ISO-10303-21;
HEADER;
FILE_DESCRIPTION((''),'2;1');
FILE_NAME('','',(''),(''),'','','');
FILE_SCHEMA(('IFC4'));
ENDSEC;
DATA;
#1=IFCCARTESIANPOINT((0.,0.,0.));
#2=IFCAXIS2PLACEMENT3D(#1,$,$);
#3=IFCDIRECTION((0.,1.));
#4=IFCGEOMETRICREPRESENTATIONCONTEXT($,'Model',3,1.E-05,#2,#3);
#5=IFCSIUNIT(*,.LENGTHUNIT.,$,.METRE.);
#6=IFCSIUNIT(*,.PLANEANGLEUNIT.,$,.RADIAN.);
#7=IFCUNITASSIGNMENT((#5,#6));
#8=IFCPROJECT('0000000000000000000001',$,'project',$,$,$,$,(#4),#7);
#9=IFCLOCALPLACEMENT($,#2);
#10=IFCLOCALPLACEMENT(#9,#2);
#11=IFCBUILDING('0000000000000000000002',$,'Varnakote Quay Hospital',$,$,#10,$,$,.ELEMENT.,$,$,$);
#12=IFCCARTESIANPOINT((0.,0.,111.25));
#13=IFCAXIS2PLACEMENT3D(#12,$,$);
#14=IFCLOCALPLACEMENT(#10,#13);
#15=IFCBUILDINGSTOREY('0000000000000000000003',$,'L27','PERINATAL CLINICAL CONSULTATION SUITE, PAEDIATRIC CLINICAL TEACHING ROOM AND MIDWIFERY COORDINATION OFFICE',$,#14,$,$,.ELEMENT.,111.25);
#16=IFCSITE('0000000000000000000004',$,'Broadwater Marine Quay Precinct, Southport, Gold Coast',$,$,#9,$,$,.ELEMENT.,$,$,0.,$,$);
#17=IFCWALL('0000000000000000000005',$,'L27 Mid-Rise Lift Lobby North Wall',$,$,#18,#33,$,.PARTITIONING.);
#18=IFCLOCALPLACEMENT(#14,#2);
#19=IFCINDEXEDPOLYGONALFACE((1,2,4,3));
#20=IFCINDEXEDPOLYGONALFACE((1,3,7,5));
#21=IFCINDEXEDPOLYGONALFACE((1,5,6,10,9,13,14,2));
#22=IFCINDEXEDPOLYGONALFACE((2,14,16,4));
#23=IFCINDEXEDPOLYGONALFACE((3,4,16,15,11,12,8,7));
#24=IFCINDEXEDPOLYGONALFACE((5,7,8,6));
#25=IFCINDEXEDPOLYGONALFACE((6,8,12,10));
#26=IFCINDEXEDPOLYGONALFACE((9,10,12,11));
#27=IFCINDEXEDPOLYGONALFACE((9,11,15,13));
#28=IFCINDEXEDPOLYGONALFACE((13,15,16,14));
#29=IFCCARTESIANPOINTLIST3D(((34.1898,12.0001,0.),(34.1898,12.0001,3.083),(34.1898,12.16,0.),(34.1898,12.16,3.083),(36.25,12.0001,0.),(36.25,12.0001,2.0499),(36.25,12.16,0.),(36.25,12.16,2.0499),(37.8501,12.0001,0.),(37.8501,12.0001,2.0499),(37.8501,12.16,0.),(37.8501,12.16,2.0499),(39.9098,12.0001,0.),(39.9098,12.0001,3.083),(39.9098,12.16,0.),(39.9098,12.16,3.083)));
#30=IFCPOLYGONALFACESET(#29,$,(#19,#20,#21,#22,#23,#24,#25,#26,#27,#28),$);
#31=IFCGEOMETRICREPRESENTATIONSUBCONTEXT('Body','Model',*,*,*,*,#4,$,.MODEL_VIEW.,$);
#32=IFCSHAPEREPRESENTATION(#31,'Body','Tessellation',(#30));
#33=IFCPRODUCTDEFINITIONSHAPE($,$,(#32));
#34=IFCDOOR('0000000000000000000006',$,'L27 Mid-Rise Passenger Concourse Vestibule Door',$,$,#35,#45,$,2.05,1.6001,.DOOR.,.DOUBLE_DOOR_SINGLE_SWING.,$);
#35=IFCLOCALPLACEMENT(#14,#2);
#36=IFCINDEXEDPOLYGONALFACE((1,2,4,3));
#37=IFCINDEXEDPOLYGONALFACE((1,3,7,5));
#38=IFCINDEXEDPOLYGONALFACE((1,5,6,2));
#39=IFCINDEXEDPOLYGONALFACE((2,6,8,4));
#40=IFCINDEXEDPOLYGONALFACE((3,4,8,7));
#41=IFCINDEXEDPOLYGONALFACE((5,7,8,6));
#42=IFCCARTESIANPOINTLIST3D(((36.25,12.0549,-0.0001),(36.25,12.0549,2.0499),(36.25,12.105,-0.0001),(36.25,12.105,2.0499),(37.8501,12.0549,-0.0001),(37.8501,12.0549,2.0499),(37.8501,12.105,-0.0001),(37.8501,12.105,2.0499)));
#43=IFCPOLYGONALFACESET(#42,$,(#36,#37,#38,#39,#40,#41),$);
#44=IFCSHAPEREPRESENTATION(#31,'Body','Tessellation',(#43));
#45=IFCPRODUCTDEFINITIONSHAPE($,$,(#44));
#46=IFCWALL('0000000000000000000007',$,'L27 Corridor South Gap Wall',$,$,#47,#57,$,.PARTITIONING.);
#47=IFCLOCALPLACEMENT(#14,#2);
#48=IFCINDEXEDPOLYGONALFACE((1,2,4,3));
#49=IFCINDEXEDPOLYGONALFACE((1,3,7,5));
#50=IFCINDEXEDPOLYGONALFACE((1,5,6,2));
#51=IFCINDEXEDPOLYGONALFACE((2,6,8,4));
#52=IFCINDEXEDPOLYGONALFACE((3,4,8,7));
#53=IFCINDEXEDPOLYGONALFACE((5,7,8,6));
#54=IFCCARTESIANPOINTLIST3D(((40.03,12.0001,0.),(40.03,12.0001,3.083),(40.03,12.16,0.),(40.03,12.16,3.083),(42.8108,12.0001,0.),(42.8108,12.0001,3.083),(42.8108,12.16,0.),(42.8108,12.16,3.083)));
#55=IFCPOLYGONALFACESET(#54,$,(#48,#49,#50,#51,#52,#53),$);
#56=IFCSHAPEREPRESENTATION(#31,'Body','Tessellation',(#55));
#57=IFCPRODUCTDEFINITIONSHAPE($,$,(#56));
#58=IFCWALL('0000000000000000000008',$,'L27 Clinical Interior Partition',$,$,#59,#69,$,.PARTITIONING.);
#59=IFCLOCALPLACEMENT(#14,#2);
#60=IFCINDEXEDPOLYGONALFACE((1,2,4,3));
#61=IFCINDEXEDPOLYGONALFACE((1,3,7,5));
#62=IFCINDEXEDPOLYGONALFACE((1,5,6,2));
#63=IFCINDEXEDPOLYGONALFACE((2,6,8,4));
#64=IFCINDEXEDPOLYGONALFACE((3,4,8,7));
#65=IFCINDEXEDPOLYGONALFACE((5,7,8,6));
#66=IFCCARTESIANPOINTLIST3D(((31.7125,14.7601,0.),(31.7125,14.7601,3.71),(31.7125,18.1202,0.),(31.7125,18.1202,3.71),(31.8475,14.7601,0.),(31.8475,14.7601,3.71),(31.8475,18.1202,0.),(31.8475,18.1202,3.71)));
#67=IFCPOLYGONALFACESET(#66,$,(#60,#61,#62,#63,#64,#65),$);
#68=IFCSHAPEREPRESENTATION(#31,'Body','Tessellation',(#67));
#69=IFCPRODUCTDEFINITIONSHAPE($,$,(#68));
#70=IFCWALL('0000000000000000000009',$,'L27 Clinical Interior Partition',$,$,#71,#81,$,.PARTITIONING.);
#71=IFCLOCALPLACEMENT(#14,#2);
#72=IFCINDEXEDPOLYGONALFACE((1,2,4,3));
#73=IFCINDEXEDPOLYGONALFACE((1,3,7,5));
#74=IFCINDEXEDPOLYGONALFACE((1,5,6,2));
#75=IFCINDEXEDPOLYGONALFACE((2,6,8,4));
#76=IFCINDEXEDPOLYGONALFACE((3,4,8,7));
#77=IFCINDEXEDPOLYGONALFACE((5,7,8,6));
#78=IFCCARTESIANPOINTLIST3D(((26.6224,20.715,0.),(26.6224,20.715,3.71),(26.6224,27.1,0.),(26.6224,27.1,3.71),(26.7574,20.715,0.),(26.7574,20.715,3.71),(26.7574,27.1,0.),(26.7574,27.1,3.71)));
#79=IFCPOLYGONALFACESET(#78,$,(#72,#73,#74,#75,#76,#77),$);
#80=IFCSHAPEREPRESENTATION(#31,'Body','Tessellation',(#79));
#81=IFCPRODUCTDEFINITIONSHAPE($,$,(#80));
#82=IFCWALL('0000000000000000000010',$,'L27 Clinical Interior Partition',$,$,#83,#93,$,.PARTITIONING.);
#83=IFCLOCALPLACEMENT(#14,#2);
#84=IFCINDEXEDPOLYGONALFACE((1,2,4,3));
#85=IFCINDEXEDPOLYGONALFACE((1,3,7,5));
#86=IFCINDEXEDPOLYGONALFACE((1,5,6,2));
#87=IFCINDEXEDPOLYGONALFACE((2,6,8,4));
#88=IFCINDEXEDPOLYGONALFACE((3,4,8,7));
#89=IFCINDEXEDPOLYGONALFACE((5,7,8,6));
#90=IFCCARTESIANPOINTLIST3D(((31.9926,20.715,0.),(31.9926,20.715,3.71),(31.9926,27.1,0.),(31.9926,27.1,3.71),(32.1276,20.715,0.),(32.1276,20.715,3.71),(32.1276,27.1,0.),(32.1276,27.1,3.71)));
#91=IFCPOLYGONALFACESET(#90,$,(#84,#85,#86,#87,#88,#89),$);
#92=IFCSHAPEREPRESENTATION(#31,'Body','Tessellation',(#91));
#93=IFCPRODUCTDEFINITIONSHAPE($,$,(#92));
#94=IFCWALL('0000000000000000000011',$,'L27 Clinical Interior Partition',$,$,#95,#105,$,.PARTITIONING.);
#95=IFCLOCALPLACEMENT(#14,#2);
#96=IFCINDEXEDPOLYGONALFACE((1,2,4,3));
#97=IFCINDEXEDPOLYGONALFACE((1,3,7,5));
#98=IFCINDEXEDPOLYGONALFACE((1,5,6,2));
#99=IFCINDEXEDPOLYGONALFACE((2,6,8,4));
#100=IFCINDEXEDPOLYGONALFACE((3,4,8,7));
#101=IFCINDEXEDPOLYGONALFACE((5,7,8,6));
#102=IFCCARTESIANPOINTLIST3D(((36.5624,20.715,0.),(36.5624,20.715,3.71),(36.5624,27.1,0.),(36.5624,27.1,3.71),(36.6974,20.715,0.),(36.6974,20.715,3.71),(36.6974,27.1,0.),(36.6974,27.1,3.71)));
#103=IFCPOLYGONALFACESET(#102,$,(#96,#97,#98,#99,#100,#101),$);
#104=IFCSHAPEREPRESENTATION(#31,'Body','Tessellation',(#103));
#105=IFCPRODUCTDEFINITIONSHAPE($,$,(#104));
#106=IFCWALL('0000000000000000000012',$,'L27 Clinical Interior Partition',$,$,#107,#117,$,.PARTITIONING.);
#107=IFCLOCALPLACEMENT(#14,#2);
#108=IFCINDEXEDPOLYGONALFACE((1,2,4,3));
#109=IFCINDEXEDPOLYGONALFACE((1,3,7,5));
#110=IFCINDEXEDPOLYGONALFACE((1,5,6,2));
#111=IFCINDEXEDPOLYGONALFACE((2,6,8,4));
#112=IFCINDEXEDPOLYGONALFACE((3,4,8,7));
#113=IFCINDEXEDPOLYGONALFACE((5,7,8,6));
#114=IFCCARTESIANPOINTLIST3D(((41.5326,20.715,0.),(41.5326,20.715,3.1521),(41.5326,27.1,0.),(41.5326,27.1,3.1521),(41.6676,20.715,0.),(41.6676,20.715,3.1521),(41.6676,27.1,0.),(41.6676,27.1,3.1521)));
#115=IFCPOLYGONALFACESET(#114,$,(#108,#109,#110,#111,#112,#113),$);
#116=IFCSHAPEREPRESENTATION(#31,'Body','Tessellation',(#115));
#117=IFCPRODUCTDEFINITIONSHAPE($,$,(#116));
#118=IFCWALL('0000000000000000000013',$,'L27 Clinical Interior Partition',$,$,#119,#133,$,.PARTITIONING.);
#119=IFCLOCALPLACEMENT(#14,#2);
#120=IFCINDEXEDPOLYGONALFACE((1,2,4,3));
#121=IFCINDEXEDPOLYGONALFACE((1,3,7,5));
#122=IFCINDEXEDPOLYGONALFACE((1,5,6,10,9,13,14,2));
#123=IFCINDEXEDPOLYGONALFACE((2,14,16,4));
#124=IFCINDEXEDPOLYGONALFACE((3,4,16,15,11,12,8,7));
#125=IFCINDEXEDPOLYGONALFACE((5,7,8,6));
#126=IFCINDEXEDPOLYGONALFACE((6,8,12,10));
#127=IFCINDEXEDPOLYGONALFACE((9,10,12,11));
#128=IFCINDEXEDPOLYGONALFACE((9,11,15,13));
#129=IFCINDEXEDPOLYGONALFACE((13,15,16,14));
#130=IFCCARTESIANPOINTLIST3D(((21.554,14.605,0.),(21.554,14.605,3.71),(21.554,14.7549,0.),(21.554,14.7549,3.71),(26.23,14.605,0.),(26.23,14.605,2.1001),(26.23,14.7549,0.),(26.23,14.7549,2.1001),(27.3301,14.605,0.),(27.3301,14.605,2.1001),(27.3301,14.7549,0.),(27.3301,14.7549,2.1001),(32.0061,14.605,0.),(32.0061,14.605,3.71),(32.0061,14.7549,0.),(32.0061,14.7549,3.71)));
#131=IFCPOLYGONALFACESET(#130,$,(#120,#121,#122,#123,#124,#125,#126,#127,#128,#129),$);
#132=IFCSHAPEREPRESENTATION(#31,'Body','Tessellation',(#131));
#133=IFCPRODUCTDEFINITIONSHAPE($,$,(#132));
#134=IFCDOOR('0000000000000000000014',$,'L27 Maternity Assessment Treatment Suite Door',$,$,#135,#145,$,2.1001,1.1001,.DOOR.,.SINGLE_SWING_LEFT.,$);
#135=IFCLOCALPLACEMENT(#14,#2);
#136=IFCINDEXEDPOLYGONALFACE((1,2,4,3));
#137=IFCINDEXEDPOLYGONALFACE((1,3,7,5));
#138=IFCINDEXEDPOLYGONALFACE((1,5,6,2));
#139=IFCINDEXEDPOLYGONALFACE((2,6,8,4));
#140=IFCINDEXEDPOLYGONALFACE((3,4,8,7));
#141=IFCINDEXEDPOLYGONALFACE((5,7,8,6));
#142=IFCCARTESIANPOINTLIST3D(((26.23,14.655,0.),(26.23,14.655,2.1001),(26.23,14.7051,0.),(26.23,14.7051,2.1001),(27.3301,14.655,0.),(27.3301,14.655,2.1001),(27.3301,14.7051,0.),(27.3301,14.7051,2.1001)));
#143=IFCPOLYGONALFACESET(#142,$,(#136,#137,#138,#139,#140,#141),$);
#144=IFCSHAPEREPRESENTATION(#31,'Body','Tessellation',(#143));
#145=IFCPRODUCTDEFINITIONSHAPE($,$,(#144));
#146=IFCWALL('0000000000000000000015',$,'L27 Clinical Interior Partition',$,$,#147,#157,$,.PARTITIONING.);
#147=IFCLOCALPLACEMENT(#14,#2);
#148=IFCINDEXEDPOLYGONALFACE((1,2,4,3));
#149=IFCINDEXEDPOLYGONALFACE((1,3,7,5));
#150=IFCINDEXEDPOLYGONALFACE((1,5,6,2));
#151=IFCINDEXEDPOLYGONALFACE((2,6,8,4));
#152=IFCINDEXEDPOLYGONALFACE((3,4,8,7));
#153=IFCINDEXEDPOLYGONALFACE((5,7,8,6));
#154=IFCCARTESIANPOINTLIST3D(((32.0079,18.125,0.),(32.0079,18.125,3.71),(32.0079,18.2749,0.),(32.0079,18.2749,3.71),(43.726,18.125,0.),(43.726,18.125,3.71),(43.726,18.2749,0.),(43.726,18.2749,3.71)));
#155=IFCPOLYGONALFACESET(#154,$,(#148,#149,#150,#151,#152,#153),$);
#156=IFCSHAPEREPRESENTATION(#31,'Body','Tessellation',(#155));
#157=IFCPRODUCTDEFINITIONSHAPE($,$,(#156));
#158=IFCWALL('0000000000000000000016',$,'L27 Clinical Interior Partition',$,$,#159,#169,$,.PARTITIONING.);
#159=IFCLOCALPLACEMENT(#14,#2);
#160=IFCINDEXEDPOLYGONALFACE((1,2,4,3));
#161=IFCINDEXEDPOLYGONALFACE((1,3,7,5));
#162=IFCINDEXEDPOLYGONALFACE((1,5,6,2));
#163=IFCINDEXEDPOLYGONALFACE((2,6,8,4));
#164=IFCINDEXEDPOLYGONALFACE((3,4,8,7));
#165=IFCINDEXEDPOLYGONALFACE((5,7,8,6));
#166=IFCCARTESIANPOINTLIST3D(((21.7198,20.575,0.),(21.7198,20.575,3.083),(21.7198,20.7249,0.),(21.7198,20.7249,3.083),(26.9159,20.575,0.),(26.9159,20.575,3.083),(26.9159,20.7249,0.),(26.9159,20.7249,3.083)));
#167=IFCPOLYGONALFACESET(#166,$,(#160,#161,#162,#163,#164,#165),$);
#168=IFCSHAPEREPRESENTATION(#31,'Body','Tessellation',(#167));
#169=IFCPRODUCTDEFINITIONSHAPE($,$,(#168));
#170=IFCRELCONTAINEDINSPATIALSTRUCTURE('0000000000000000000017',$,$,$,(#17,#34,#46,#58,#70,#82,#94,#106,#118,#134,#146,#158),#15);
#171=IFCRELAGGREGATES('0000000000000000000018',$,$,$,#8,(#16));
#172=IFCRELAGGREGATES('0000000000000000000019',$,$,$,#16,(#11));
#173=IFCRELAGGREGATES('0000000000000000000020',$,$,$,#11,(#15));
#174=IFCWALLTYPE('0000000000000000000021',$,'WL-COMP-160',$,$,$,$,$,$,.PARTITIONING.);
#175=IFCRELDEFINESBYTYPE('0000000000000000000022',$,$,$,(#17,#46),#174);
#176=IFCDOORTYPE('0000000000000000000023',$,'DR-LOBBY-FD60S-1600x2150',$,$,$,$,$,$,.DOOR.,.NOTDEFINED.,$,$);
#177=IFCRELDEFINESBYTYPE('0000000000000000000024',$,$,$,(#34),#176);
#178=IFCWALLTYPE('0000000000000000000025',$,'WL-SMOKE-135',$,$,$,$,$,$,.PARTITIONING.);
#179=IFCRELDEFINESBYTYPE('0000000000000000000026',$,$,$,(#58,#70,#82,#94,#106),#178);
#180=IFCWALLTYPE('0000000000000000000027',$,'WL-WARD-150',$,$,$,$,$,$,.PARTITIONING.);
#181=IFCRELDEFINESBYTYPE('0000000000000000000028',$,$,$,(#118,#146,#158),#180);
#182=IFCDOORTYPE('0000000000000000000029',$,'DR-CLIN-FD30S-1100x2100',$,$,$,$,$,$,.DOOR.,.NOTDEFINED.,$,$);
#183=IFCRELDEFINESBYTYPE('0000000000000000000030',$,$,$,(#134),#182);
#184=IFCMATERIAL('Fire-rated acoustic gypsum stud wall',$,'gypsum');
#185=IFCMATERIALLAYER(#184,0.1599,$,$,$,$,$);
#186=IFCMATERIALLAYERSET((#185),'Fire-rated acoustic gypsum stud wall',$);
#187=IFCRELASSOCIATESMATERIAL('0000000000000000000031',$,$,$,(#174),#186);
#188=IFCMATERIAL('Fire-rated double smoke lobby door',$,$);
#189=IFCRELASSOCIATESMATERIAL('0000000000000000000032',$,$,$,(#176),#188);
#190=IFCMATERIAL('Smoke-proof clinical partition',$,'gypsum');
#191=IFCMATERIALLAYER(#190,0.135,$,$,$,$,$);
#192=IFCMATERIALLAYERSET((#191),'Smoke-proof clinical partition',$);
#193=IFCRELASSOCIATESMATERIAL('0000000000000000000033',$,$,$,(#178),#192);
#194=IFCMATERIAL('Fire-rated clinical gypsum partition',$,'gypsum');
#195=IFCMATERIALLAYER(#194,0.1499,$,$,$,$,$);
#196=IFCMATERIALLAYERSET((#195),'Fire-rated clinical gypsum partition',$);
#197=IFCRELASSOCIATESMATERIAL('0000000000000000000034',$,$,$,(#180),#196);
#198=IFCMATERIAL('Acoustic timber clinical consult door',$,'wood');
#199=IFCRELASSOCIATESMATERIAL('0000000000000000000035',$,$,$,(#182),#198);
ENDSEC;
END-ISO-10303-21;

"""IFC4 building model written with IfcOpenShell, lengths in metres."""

from ifc_helpers import new_model, si_unit, direction, frame, frame_2d, origin, place, context, subcontext, project, spatial, rectangle, extrude, material, layer, layer_set, type_object, element, fill, save


model = new_model("IFC4")

# Units and contexts
model_context = context("Model", 3, precision=1e-05, world=origin(), true_north=direction((0.0, 1.0)))
body_context = subcontext(model_context, "Body", "Model", "MODEL_VIEW")
ifc_project = project(units=[si_unit("LENGTHUNIT", "METRE"), si_unit("PLANEANGLEUNIT", "RADIAN")], contexts=[model_context])

# Site, building, storey
site_placement = place(None, origin())
site = spatial("IfcSite", under=ifc_project, at=site_placement, Name="Broadwater Marine Quay Precinct, Southport, Gold Coast", CompositionType="ELEMENT", RefElevation=0.0)
building_placement = place(site_placement, origin())
building = spatial("IfcBuilding", under=site, at=building_placement, Name="Varnakote Quay Hospital", CompositionType="ELEMENT")
storey_placement = place(building_placement, frame((0.0, 0.0, 111.25)))
storey = spatial("IfcBuildingStorey", under=building, at=storey_placement, Name="L27", Description="PERINATAL CLINICAL CONSULTATION SUITE, PAEDIATRIC CLINICAL TEACHING ROOM AND MIDWIFERY COORDINATION OFFICE", CompositionType="ELEMENT", Elevation=111.25)

# Wall, opening, door
ifc_material_1 = material(Name="Fire-rated acoustic gypsum stud wall", Category="gypsum")
ifc_layer_1 = layer(ifc_material_1, 0.1599)
ifc_layer_set_1 = layer_set([ifc_layer_1], Name="Fire-rated acoustic gypsum stud wall")
wall_type_1 = type_object("IfcWallType", Name="WL-COMP-160", PredefinedType="PARTITIONING", material=ifc_layer_set_1)
wall_1_placement = place(storey_placement, frame((34.1899, 12.0801, 0.0), z_axis=(0.0, 0.0, 1.0), x_axis=(1.0, 0.0, 0.0)))
wall_1 = element("IfcWall", 1, at=wall_1_placement, inside=storey, type_object=wall_type_1, Name="L27 Mid-Rise Lift Lobby North Wall", PredefinedType="PARTITIONING", context=body_context, shape_type="SweptSolid", body=[
    extrude(rectangle(XDim=5.72, YDim=0.1599, at=frame_2d((2.8599, 0.0))), origin(), (0.0, 0.0, 1.0), 3.083),
])
opening_1_placement = place(wall_1_placement, frame((2.0601, 0.0, 0.0)))
opening_1 = element("IfcOpeningElement", 2, at=opening_1_placement, cuts=wall_1, PredefinedType="OPENING", context=body_context, shape_type="SweptSolid", body=[
    extrude(rectangle(XDim=1.6001, YDim=2.05, at=frame_2d((0.8, 1.0249))), frame((0.0, 0.0898, 0.0), z_axis=(0.0, -1.0, 0.0), x_axis=(1.0, 0.0, 0.0)), (0.0, 0.0, 1.0), 0.1799),
])
ifc_material_2 = material(Name="Fire-rated double smoke lobby door")
door_type_1 = type_object("IfcDoorType", Name="DR-LOBBY-FD60S-1600x2150", OperationType="NOTDEFINED", PredefinedType="DOOR", material=ifc_material_2)
door_1_placement = place(opening_1_placement, origin())
door_1 = element("IfcDoor", 3, at=door_1_placement, inside=storey, type_object=door_type_1, Name="L27 Mid-Rise Passenger Concourse Vestibule Door", OperationType="DOUBLE_DOOR_SINGLE_SWING", OverallHeight=2.05, OverallWidth=1.6001, PredefinedType="DOOR", context=body_context, shape_type="SweptSolid", body=[
    extrude(rectangle(XDim=1.6001, YDim=2.05, at=frame_2d((0.8, 1.0249))), frame((0.0, 0.0249, 0.0), z_axis=(0.0, -1.0, 0.0), x_axis=(1.0, 0.0, 0.0)), (0.0, 0.0, 1.0), 0.05),
])
fill(opening_1, door_1)

# Walls
wall_2_placement = place(storey_placement, frame((40.03, 12.0801, 0.0), z_axis=(0.0, 0.0, 1.0), x_axis=(1.0, 0.0, 0.0)))
element("IfcWall", 4, at=wall_2_placement, inside=storey, type_object=wall_type_1, Name="L27 Corridor South Gap Wall", PredefinedType="PARTITIONING", context=body_context, shape_type="SweptSolid", body=[
    extrude(rectangle(XDim=2.7808, YDim=0.1599, at=frame_2d((1.3904, 0.0))), origin(), (0.0, 0.0, 1.0), 3.083),
])
ifc_material_3 = material(Name="Smoke-proof clinical partition", Category="gypsum")
ifc_layer_2 = layer(ifc_material_3, 0.135)
ifc_layer_set_2 = layer_set([ifc_layer_2], Name="Smoke-proof clinical partition")
wall_type_2 = type_object("IfcWallType", Name="WL-SMOKE-135", PredefinedType="PARTITIONING", material=ifc_layer_set_2)
wall_3_placement = place(storey_placement, frame((31.78, 14.76, 0.0), z_axis=(0.0, 0.0, 1.0), x_axis=(0.0, 1.0, 0.0)))
element("IfcWall", 5, at=wall_3_placement, inside=storey, type_object=wall_type_2, Name="L27 Clinical Interior Partition", PredefinedType="PARTITIONING", context=body_context, shape_type="SweptSolid", body=[
    extrude(rectangle(XDim=3.3601, YDim=0.135, at=frame_2d((1.6802, 0.0))), origin(), (0.0, 0.0, 1.0), 3.71),
])
for number, where, z_axis, x_axis, name in (
    (6, (26.6899, 20.7151, 0.0), (0.0, 0.0, 1.0), (0.0, 1.0, 0.0), "L27 Clinical Interior Partition"),
    (7, (32.0601, 20.7151, 0.0), (0.0, 0.0, 1.0), (0.0, 1.0, 0.0), "L27 Clinical Interior Partition"),
    (8, (36.6299, 20.7151, 0.0), (0.0, 0.0, 1.0), (0.0, 1.0, 0.0), "L27 Clinical Interior Partition"),
):
    element("IfcWall", number, at=place(storey_placement, frame(where, z_axis=z_axis, x_axis=x_axis)), inside=storey, type_object=wall_type_2, Name=name, PredefinedType="PARTITIONING", context=body_context, shape_type="SweptSolid", body=[
        extrude(rectangle(XDim=6.385, YDim=0.135, at=frame_2d((3.1924, 0.0))), origin(), (0.0, 0.0, 1.0), 3.71),
    ])
wall_4_placement = place(storey_placement, frame((41.6001, 20.7151, 0.0), z_axis=(0.0, 0.0, 1.0), x_axis=(0.0, 1.0, 0.0)))
element("IfcWall", 9, at=wall_4_placement, inside=storey, type_object=wall_type_2, Name="L27 Clinical Interior Partition", PredefinedType="PARTITIONING", context=body_context, shape_type="SweptSolid", body=[
    extrude(rectangle(XDim=6.385, YDim=0.135, at=frame_2d((3.1924, 0.0))), origin(), (0.0, 0.0, 1.0), 3.1521),
])

# Wall, opening, door
ifc_material_4 = material(Name="Fire-rated clinical gypsum partition", Category="gypsum")
ifc_layer_3 = layer(ifc_material_4, 0.1499)
ifc_layer_set_3 = layer_set([ifc_layer_3], Name="Fire-rated clinical gypsum partition")
wall_type_3 = type_object("IfcWallType", Name="WL-WARD-150", PredefinedType="PARTITIONING", material=ifc_layer_set_3)
wall_5_placement = place(storey_placement, frame((32.0061, 14.6799, 0.0), z_axis=(0.0, 0.0, 1.0), x_axis=(-1.0, 0.0, 0.0)))
wall_5 = element("IfcWall", 10, at=wall_5_placement, inside=storey, type_object=wall_type_3, Name="L27 Clinical Interior Partition", PredefinedType="PARTITIONING", context=body_context, shape_type="SweptSolid", body=[
    extrude(rectangle(XDim=10.4521, YDim=0.1499, at=frame_2d((5.2261, 0.0))), origin(), (0.0, 0.0, 1.0), 3.71),
])
opening_2_placement = place(wall_5_placement, frame((4.676, 0.0, 0.0)))
opening_2 = element("IfcOpeningElement", 11, at=opening_2_placement, cuts=wall_5, PredefinedType="OPENING", context=body_context, shape_type="SweptSolid", body=[
    extrude(rectangle(XDim=1.1001, YDim=2.1001, at=frame_2d((0.55, 1.05))), frame((0.0, 0.085, 0.0), z_axis=(0.0, -1.0, 0.0), x_axis=(1.0, 0.0, 0.0)), (0.0, 0.0, 1.0), 0.1699),
])
ifc_material_5 = material(Name="Acoustic timber clinical consult door", Category="wood")
door_type_2 = type_object("IfcDoorType", Name="DR-CLIN-FD30S-1100x2100", OperationType="NOTDEFINED", PredefinedType="DOOR", material=ifc_material_5)
door_2_placement = place(opening_2_placement, origin())
door_2 = element("IfcDoor", 12, at=door_2_placement, inside=storey, type_object=door_type_2, Name="L27 Maternity Assessment Treatment Suite Door", OperationType="SINGLE_SWING_LEFT", OverallHeight=2.1001, OverallWidth=1.1001, PredefinedType="DOOR", context=body_context, shape_type="SweptSolid", body=[
    extrude(rectangle(XDim=1.1001, YDim=2.1001, at=frame_2d((0.55, 1.05))), frame((0.0, 0.0249, 0.0), z_axis=(0.0, -1.0, 0.0), x_axis=(1.0, 0.0, 0.0)), (0.0, 0.0, 1.0), 0.05),
])
fill(opening_2, door_2)

# Walls
wall_6_placement = place(storey_placement, frame((32.0081, 18.2, 0.0), z_axis=(0.0, 0.0, 1.0), x_axis=(1.0, 0.0, 0.0)))
element("IfcWall", 13, at=wall_6_placement, inside=storey, type_object=wall_type_3, Name="L27 Clinical Interior Partition", PredefinedType="PARTITIONING", context=body_context, shape_type="SweptSolid", body=[
    extrude(rectangle(XDim=11.718, YDim=0.1499, at=frame_2d((5.8589, 0.0))), origin(), (0.0, 0.0, 1.0), 3.71),
])
wall_7_placement = place(storey_placement, frame((26.916, 20.6499, 0.0), z_axis=(0.0, 0.0, 1.0), x_axis=(-1.0, 0.0, 0.0)))
element("IfcWall", 14, at=wall_7_placement, inside=storey, type_object=wall_type_3, Name="L27 Clinical Interior Partition", PredefinedType="PARTITIONING", context=body_context, shape_type="SweptSolid", body=[
    extrude(rectangle(XDim=5.196, YDim=0.1499, at=frame_2d((2.5981, 0.0))), origin(), (0.0, 0.0, 1.0), 3.083),
])

save(model, "model.ifc")
